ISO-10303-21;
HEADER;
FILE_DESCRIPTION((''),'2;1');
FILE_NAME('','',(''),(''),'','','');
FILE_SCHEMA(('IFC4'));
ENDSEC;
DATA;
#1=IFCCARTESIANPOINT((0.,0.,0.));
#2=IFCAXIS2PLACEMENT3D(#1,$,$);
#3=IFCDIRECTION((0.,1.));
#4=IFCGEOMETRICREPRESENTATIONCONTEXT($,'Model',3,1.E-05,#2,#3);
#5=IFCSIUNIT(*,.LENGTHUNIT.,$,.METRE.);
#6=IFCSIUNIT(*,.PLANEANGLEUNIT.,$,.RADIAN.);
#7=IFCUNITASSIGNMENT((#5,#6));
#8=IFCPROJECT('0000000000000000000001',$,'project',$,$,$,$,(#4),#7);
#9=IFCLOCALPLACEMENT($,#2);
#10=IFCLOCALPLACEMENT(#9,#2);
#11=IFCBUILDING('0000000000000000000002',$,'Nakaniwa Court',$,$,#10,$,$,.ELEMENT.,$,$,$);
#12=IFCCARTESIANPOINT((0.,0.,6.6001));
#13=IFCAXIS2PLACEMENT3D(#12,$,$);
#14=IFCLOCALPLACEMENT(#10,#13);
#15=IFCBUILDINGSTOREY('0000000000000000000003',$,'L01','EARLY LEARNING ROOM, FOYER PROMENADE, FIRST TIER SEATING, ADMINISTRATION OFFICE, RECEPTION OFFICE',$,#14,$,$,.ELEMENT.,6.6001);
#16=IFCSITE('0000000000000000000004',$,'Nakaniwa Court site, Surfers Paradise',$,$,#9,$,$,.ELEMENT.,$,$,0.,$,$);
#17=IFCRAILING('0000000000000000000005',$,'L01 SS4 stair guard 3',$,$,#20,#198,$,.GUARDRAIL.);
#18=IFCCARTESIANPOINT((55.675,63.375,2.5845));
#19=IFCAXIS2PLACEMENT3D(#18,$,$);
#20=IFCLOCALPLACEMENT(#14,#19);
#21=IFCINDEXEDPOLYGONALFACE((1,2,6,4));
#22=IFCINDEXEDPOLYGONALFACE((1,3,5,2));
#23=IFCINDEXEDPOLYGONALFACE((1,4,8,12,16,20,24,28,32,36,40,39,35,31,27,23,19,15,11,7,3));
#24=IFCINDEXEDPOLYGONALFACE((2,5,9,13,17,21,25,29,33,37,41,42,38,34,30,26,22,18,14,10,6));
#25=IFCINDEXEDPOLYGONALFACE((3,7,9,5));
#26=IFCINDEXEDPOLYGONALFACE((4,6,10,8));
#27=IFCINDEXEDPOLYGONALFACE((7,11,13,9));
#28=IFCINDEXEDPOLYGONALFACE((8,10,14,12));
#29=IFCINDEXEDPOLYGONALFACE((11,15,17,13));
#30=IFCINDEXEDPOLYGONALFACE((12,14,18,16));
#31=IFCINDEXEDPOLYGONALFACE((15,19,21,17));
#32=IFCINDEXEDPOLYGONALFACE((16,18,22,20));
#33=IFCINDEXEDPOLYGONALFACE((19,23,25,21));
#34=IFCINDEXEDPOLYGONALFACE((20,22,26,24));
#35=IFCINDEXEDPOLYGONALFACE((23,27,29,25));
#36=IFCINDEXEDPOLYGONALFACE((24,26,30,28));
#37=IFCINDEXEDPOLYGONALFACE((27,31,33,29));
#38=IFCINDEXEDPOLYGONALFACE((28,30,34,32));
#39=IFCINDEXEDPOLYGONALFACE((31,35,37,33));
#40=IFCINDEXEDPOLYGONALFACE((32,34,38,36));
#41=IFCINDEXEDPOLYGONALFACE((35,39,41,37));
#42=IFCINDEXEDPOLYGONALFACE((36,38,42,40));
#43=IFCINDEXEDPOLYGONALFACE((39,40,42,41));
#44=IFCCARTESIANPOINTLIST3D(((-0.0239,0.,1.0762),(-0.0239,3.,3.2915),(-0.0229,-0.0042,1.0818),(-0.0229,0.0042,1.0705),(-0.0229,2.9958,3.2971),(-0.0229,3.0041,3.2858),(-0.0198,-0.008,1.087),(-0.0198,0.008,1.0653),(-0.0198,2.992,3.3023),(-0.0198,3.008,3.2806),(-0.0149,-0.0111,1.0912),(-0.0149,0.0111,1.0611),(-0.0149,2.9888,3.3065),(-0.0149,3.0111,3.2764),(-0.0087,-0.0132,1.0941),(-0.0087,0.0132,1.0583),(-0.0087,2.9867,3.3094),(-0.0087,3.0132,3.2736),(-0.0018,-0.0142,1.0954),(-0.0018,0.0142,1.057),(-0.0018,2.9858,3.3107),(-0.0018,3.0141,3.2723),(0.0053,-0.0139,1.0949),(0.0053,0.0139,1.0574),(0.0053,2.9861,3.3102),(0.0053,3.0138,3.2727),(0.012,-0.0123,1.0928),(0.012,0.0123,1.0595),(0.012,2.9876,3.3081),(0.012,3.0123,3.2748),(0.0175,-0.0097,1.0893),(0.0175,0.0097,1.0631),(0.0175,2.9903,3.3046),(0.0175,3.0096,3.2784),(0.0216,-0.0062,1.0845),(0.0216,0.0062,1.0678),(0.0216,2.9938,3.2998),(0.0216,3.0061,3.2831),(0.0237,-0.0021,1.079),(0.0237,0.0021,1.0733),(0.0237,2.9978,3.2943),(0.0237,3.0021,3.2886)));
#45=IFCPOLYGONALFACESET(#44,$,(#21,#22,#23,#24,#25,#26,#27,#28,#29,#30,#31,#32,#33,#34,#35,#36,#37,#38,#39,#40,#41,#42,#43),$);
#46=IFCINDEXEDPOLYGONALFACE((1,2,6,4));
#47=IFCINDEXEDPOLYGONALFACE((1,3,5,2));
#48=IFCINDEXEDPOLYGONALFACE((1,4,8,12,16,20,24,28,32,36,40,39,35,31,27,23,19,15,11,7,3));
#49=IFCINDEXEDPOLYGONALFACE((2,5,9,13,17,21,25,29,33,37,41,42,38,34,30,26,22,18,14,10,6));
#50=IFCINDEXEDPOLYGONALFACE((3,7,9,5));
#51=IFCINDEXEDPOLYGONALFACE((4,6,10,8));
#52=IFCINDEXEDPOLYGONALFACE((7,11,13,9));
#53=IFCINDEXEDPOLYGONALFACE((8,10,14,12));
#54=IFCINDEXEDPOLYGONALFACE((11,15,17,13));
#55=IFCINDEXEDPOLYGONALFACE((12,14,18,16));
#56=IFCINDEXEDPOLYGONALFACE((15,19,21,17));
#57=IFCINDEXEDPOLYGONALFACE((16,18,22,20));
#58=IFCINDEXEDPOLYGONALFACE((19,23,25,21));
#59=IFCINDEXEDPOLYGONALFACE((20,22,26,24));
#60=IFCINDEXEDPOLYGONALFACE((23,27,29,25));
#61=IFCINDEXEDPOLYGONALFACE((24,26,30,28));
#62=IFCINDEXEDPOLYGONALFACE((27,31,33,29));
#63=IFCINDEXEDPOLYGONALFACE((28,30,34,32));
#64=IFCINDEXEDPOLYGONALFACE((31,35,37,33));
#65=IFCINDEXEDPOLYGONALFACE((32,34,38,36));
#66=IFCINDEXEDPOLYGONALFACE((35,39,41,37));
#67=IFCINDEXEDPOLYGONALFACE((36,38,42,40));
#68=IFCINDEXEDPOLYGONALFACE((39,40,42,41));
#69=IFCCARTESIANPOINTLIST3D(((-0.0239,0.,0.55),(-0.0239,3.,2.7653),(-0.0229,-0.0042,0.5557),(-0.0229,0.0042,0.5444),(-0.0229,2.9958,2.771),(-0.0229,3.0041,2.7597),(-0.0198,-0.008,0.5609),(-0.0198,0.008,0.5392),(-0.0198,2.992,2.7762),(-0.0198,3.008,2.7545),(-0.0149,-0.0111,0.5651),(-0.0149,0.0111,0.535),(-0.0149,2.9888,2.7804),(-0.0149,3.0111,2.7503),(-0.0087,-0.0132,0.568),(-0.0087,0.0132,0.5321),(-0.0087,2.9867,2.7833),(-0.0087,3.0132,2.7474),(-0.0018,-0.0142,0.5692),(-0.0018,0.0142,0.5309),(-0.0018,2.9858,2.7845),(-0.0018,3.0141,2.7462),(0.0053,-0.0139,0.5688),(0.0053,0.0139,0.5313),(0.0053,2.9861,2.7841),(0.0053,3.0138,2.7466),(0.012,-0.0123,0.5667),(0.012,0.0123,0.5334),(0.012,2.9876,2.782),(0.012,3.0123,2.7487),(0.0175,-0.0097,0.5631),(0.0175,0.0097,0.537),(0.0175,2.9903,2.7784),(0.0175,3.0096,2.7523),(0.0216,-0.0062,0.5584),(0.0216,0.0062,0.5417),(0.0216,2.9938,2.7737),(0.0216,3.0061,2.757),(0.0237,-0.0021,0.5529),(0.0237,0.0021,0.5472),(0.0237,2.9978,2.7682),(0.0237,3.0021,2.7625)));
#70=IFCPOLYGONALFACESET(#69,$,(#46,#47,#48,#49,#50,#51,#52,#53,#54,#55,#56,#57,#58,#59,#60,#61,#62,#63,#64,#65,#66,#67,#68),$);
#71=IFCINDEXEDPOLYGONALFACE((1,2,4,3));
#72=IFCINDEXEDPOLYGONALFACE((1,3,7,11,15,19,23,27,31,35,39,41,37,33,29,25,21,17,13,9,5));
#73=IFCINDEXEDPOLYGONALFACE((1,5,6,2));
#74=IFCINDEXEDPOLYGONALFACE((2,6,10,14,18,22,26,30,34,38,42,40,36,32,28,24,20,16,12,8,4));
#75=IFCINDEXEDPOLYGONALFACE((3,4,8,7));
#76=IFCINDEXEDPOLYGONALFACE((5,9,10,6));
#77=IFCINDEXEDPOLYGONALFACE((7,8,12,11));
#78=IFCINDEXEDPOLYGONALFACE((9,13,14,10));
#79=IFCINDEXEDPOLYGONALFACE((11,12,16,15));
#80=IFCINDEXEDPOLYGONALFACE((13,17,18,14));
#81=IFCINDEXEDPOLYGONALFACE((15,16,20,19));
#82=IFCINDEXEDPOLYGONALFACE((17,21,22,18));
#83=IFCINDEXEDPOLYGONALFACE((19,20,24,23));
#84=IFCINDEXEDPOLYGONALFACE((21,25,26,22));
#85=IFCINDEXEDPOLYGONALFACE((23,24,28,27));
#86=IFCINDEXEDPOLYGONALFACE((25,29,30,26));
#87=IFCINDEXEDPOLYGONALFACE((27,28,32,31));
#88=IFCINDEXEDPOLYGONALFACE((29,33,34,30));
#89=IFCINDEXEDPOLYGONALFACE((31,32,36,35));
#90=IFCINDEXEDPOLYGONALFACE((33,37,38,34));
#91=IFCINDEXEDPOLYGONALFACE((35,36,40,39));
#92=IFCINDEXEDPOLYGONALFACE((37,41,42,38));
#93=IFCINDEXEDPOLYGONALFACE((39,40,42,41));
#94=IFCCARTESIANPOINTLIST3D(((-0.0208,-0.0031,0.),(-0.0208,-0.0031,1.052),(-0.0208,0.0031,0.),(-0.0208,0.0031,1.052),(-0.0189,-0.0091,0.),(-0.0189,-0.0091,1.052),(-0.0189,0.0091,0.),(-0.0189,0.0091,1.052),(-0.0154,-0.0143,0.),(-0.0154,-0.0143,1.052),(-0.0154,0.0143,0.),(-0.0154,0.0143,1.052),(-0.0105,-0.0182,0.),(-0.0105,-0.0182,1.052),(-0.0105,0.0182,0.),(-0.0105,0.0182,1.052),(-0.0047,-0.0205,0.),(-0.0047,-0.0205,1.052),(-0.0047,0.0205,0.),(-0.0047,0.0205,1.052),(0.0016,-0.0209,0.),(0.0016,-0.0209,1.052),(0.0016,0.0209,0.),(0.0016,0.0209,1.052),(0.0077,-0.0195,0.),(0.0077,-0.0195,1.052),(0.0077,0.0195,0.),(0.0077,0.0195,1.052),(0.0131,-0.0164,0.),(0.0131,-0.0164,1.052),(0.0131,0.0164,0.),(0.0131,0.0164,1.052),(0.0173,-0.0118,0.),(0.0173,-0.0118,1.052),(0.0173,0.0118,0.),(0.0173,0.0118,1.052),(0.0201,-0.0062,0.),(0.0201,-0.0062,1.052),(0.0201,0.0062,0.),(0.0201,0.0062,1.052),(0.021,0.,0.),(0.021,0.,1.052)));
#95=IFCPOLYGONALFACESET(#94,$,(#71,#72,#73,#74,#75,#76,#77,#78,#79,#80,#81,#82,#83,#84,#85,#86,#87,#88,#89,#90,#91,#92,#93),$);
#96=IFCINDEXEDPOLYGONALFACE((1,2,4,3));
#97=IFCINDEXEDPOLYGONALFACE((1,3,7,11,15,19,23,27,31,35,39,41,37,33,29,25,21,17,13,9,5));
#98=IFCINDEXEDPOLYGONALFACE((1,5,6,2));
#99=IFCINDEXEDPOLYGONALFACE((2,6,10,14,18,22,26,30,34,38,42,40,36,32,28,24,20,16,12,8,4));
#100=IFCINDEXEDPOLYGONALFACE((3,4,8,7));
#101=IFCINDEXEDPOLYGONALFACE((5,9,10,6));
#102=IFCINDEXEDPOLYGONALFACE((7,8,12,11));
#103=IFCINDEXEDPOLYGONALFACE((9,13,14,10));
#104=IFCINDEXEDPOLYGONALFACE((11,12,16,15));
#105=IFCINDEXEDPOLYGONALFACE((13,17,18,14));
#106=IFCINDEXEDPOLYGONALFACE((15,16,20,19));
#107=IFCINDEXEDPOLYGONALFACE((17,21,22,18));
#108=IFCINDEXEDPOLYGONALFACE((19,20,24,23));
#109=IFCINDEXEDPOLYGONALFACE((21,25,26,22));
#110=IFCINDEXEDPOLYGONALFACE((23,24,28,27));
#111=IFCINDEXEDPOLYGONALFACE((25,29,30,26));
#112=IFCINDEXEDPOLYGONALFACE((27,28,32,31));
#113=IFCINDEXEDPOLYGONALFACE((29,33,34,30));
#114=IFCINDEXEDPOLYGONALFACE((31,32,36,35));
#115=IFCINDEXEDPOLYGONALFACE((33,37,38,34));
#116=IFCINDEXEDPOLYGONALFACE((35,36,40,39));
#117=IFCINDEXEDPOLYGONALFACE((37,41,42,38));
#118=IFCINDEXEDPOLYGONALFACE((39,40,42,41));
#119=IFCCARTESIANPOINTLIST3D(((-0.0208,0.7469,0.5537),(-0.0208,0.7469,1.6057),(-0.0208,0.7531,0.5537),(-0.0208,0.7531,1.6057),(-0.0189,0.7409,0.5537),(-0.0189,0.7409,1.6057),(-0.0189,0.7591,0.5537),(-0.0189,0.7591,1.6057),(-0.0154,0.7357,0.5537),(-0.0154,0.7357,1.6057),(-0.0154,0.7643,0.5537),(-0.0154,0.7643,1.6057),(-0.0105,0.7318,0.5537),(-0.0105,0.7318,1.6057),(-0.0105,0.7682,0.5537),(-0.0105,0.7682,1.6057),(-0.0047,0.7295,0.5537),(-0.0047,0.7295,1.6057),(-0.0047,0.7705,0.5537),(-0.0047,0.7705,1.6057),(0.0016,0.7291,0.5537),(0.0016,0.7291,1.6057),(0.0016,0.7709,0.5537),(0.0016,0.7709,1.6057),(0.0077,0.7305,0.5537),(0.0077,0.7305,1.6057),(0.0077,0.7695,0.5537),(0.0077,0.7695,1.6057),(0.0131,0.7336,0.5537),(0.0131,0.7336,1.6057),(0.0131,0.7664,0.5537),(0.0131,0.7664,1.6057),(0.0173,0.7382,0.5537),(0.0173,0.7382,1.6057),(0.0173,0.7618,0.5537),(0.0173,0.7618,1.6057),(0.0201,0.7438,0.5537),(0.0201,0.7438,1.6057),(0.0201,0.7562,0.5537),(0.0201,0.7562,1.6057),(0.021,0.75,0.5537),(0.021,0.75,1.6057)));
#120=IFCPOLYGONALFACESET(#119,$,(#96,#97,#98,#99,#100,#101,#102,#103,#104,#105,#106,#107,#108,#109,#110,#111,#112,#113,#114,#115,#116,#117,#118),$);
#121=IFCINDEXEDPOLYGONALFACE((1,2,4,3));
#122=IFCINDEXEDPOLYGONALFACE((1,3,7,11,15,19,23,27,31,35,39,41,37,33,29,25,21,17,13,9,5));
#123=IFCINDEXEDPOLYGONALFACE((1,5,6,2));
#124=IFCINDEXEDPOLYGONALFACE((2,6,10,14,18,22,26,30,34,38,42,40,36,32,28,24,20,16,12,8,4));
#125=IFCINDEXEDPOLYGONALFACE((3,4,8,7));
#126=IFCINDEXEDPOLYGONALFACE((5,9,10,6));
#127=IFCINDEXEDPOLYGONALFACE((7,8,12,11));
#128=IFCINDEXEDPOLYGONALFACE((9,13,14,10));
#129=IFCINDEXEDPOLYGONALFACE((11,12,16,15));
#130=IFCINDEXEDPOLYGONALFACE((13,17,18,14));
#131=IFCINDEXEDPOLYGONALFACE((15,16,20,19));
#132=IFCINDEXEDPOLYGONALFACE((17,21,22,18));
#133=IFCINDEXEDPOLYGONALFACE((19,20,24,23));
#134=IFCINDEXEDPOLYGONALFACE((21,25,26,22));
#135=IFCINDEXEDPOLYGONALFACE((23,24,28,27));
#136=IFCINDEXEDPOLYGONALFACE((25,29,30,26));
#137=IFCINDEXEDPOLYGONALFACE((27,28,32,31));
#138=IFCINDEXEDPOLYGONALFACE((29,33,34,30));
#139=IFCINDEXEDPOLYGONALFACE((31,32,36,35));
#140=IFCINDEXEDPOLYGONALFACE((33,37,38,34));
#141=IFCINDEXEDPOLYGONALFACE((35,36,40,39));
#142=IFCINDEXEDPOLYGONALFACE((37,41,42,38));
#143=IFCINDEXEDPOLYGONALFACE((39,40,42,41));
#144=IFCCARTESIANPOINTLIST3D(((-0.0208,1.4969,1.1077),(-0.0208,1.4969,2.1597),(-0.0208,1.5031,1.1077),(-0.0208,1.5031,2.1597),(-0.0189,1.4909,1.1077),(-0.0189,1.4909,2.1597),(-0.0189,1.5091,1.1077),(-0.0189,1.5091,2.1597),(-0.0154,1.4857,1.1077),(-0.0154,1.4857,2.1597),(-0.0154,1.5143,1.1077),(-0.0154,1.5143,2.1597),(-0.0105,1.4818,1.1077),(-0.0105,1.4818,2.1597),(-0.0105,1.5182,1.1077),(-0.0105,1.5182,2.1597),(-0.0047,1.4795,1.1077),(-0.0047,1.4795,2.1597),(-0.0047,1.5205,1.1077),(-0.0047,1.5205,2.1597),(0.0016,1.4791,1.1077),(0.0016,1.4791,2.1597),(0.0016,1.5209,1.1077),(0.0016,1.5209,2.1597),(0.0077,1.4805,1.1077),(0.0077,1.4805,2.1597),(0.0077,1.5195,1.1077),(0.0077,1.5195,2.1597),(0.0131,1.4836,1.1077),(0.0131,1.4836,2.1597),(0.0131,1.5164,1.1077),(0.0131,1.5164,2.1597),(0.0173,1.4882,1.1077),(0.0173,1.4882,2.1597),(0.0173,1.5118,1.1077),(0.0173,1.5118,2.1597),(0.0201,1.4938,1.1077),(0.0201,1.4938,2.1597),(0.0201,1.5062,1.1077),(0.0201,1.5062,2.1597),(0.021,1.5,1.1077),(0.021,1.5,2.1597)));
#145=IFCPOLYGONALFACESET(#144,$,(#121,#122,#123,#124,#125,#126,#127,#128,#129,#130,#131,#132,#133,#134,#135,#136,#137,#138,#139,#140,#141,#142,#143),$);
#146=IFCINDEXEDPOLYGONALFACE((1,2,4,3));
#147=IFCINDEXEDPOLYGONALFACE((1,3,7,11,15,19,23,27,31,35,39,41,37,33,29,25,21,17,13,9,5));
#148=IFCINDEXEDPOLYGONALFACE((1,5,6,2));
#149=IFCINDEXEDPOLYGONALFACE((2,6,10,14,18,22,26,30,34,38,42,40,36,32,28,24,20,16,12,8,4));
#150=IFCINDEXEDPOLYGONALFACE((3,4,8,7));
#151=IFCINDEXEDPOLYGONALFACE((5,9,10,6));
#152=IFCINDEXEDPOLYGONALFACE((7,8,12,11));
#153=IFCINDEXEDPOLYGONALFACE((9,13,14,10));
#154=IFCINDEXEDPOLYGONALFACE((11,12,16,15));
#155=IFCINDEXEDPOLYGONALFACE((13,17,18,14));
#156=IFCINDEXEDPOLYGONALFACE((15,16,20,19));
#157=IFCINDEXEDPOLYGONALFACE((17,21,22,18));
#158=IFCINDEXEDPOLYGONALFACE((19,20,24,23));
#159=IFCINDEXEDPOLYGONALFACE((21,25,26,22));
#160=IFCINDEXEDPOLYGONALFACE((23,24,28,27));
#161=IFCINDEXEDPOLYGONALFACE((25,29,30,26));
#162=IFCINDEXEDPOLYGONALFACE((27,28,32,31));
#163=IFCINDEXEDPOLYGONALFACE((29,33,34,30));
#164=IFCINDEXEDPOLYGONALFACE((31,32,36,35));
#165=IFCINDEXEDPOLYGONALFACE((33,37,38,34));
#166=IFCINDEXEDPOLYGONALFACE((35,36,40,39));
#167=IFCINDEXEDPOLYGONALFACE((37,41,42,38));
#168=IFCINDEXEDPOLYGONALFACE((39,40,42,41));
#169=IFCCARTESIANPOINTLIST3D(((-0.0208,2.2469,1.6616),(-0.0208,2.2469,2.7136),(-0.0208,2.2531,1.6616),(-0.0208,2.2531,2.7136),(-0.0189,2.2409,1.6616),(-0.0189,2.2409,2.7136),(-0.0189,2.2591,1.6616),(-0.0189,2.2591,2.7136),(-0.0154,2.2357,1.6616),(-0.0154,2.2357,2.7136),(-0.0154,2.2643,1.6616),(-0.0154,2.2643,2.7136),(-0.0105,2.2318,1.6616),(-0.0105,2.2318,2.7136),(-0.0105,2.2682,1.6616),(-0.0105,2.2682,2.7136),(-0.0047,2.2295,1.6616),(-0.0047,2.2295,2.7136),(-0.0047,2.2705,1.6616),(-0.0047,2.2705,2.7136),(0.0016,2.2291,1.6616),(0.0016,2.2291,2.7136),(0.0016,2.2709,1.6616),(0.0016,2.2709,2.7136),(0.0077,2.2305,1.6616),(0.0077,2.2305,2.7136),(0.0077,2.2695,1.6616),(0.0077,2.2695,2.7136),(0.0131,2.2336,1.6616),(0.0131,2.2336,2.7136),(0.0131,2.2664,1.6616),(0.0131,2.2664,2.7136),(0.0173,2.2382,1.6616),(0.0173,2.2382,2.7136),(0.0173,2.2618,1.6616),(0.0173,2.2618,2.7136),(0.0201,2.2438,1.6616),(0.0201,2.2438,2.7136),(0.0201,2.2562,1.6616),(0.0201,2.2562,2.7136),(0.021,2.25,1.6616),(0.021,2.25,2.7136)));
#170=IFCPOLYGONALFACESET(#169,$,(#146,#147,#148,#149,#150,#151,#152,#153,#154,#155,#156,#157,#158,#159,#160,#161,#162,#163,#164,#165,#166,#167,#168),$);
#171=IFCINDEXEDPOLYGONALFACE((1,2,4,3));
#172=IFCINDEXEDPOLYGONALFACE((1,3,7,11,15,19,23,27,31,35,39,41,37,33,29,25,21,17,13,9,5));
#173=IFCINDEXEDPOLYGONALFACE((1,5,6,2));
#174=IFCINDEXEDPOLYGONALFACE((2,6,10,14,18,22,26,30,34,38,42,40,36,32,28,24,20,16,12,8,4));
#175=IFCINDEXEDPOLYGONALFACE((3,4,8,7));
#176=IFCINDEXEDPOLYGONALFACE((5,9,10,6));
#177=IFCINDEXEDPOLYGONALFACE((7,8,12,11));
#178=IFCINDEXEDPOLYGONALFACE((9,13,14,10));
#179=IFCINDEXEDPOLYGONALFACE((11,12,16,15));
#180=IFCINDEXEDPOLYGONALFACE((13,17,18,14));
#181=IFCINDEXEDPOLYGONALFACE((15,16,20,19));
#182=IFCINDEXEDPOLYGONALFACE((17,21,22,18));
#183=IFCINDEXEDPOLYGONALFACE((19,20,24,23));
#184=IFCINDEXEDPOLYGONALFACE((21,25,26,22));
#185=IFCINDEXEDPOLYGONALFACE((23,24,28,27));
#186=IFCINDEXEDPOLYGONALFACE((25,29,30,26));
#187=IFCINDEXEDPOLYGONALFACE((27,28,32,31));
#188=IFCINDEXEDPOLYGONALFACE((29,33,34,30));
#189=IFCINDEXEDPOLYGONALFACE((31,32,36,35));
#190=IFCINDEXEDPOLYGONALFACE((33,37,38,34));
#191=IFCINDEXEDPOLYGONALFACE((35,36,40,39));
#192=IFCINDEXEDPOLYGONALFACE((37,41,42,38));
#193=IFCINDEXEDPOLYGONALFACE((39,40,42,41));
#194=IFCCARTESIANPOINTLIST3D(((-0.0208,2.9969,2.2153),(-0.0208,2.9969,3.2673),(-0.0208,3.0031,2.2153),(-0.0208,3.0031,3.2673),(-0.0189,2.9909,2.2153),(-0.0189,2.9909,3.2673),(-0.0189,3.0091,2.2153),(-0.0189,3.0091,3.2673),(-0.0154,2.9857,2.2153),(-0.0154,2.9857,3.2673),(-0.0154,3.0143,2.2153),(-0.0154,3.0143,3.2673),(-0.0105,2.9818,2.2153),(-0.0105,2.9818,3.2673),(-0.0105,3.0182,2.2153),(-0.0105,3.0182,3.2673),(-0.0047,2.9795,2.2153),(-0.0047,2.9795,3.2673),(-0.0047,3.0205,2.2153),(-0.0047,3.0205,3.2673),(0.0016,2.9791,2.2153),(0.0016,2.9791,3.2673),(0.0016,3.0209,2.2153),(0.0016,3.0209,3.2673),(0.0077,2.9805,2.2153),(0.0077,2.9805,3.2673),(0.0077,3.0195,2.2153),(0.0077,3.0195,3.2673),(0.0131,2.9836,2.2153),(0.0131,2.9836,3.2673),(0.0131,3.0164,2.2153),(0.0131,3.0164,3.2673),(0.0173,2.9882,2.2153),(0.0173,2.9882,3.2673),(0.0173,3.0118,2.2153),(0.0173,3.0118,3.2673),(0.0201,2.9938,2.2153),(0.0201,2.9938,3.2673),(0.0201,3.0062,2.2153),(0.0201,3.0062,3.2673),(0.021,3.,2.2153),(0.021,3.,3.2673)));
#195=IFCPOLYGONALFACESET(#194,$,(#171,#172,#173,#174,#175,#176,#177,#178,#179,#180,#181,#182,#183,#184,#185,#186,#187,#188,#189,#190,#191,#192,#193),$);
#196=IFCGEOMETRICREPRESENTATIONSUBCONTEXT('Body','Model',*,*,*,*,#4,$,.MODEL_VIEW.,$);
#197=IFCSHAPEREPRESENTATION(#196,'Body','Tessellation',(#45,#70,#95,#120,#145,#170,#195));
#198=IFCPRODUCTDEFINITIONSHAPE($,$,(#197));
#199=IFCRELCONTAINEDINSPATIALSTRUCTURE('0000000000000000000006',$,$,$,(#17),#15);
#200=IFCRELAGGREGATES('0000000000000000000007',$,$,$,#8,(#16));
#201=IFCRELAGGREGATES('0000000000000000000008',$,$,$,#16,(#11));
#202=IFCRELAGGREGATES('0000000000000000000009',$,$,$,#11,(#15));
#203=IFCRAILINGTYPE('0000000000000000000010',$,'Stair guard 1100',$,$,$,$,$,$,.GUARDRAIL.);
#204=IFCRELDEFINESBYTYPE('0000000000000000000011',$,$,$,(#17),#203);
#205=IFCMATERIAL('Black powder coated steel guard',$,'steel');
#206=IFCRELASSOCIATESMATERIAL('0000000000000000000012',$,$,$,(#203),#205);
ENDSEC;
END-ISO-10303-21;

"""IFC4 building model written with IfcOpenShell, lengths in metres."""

from ifc_helpers import new_model, si_unit, direction, frame, origin, origin_2d, place, context, subcontext, project, spatial, circle, extrude, material, type_object, element, save


model = new_model("IFC4")

# Units and contexts
model_context = context("Model", 3, precision=1e-05, world=origin(), true_north=direction((0.0, 1.0)))
body_context = subcontext(model_context, "Body", "Model", "MODEL_VIEW")
ifc_project = project(units=[si_unit("LENGTHUNIT", "METRE"), si_unit("PLANEANGLEUNIT", "RADIAN")], contexts=[model_context])

# Site, building, storey
site_placement = place(None, origin())
site = spatial("IfcSite", under=ifc_project, at=site_placement, Name="Nakaniwa Court site, Surfers Paradise", CompositionType="ELEMENT", RefElevation=0.0)
building_placement = place(site_placement, origin())
building = spatial("IfcBuilding", under=site, at=building_placement, Name="Nakaniwa Court", CompositionType="ELEMENT")
storey_placement = place(building_placement, frame((0.0, 0.0, 6.6001)))
storey = spatial("IfcBuildingStorey", under=building, at=storey_placement, Name="L01", Description="EARLY LEARNING ROOM, FOYER PROMENADE, FIRST TIER SEATING, ADMINISTRATION OFFICE, RECEPTION OFFICE", CompositionType="ELEMENT", Elevation=6.6001)

# Railing
ifc_material_1 = material(Name="Black powder coated steel guard", Category="steel")
railing_type_1 = type_object("IfcRailingType", Name="Stair guard 1100", PredefinedType="GUARDRAIL", material=ifc_material_1)
railing_1_placement = place(storey_placement, frame((55.675, 63.375, 2.5845)))
element("IfcRailing", 1, at=railing_1_placement, inside=storey, type_object=railing_type_1, Name="L01 SS4 stair guard 3", PredefinedType="GUARDRAIL", context=body_context, shape_type="SweptSolid", body=[
    extrude(circle(Radius=0.0239, at=origin_2d()), frame((0.0, 0.0, 1.0762), z_axis=(0.0, 0.80444, 0.594034), x_axis=(-1.0, 0.0, 0.0)), (0.0, 0.0, 1.0), 3.7292),
    extrude(circle(Radius=0.0239, at=origin_2d()), frame((0.0, 0.0, 0.55), z_axis=(0.0, 0.80444, 0.594034), x_axis=(-1.0, 0.0, 0.0)), (0.0, 0.0, 1.0), 3.7292),
    extrude(circle(Radius=0.021, at=origin_2d()), origin(), (0.0, 0.0, 1.0), 1.052),
    extrude(circle(Radius=0.021, at=origin_2d()), frame((0.0, 0.75, 0.5537)), (0.0, 0.0, 1.0), 1.052),
    extrude(circle(Radius=0.021, at=origin_2d()), frame((0.0, 1.5, 1.1077)), (0.0, 0.0, 1.0), 1.052),
    extrude(circle(Radius=0.021, at=origin_2d()), frame((0.0, 2.25, 1.6616)), (0.0, 0.0, 1.0), 1.052),
    extrude(circle(Radius=0.021, at=origin_2d()), frame((0.0, 3.0, 2.2153)), (0.0, 0.0, 1.0), 1.052),
])

save(model, "model.ifc")
